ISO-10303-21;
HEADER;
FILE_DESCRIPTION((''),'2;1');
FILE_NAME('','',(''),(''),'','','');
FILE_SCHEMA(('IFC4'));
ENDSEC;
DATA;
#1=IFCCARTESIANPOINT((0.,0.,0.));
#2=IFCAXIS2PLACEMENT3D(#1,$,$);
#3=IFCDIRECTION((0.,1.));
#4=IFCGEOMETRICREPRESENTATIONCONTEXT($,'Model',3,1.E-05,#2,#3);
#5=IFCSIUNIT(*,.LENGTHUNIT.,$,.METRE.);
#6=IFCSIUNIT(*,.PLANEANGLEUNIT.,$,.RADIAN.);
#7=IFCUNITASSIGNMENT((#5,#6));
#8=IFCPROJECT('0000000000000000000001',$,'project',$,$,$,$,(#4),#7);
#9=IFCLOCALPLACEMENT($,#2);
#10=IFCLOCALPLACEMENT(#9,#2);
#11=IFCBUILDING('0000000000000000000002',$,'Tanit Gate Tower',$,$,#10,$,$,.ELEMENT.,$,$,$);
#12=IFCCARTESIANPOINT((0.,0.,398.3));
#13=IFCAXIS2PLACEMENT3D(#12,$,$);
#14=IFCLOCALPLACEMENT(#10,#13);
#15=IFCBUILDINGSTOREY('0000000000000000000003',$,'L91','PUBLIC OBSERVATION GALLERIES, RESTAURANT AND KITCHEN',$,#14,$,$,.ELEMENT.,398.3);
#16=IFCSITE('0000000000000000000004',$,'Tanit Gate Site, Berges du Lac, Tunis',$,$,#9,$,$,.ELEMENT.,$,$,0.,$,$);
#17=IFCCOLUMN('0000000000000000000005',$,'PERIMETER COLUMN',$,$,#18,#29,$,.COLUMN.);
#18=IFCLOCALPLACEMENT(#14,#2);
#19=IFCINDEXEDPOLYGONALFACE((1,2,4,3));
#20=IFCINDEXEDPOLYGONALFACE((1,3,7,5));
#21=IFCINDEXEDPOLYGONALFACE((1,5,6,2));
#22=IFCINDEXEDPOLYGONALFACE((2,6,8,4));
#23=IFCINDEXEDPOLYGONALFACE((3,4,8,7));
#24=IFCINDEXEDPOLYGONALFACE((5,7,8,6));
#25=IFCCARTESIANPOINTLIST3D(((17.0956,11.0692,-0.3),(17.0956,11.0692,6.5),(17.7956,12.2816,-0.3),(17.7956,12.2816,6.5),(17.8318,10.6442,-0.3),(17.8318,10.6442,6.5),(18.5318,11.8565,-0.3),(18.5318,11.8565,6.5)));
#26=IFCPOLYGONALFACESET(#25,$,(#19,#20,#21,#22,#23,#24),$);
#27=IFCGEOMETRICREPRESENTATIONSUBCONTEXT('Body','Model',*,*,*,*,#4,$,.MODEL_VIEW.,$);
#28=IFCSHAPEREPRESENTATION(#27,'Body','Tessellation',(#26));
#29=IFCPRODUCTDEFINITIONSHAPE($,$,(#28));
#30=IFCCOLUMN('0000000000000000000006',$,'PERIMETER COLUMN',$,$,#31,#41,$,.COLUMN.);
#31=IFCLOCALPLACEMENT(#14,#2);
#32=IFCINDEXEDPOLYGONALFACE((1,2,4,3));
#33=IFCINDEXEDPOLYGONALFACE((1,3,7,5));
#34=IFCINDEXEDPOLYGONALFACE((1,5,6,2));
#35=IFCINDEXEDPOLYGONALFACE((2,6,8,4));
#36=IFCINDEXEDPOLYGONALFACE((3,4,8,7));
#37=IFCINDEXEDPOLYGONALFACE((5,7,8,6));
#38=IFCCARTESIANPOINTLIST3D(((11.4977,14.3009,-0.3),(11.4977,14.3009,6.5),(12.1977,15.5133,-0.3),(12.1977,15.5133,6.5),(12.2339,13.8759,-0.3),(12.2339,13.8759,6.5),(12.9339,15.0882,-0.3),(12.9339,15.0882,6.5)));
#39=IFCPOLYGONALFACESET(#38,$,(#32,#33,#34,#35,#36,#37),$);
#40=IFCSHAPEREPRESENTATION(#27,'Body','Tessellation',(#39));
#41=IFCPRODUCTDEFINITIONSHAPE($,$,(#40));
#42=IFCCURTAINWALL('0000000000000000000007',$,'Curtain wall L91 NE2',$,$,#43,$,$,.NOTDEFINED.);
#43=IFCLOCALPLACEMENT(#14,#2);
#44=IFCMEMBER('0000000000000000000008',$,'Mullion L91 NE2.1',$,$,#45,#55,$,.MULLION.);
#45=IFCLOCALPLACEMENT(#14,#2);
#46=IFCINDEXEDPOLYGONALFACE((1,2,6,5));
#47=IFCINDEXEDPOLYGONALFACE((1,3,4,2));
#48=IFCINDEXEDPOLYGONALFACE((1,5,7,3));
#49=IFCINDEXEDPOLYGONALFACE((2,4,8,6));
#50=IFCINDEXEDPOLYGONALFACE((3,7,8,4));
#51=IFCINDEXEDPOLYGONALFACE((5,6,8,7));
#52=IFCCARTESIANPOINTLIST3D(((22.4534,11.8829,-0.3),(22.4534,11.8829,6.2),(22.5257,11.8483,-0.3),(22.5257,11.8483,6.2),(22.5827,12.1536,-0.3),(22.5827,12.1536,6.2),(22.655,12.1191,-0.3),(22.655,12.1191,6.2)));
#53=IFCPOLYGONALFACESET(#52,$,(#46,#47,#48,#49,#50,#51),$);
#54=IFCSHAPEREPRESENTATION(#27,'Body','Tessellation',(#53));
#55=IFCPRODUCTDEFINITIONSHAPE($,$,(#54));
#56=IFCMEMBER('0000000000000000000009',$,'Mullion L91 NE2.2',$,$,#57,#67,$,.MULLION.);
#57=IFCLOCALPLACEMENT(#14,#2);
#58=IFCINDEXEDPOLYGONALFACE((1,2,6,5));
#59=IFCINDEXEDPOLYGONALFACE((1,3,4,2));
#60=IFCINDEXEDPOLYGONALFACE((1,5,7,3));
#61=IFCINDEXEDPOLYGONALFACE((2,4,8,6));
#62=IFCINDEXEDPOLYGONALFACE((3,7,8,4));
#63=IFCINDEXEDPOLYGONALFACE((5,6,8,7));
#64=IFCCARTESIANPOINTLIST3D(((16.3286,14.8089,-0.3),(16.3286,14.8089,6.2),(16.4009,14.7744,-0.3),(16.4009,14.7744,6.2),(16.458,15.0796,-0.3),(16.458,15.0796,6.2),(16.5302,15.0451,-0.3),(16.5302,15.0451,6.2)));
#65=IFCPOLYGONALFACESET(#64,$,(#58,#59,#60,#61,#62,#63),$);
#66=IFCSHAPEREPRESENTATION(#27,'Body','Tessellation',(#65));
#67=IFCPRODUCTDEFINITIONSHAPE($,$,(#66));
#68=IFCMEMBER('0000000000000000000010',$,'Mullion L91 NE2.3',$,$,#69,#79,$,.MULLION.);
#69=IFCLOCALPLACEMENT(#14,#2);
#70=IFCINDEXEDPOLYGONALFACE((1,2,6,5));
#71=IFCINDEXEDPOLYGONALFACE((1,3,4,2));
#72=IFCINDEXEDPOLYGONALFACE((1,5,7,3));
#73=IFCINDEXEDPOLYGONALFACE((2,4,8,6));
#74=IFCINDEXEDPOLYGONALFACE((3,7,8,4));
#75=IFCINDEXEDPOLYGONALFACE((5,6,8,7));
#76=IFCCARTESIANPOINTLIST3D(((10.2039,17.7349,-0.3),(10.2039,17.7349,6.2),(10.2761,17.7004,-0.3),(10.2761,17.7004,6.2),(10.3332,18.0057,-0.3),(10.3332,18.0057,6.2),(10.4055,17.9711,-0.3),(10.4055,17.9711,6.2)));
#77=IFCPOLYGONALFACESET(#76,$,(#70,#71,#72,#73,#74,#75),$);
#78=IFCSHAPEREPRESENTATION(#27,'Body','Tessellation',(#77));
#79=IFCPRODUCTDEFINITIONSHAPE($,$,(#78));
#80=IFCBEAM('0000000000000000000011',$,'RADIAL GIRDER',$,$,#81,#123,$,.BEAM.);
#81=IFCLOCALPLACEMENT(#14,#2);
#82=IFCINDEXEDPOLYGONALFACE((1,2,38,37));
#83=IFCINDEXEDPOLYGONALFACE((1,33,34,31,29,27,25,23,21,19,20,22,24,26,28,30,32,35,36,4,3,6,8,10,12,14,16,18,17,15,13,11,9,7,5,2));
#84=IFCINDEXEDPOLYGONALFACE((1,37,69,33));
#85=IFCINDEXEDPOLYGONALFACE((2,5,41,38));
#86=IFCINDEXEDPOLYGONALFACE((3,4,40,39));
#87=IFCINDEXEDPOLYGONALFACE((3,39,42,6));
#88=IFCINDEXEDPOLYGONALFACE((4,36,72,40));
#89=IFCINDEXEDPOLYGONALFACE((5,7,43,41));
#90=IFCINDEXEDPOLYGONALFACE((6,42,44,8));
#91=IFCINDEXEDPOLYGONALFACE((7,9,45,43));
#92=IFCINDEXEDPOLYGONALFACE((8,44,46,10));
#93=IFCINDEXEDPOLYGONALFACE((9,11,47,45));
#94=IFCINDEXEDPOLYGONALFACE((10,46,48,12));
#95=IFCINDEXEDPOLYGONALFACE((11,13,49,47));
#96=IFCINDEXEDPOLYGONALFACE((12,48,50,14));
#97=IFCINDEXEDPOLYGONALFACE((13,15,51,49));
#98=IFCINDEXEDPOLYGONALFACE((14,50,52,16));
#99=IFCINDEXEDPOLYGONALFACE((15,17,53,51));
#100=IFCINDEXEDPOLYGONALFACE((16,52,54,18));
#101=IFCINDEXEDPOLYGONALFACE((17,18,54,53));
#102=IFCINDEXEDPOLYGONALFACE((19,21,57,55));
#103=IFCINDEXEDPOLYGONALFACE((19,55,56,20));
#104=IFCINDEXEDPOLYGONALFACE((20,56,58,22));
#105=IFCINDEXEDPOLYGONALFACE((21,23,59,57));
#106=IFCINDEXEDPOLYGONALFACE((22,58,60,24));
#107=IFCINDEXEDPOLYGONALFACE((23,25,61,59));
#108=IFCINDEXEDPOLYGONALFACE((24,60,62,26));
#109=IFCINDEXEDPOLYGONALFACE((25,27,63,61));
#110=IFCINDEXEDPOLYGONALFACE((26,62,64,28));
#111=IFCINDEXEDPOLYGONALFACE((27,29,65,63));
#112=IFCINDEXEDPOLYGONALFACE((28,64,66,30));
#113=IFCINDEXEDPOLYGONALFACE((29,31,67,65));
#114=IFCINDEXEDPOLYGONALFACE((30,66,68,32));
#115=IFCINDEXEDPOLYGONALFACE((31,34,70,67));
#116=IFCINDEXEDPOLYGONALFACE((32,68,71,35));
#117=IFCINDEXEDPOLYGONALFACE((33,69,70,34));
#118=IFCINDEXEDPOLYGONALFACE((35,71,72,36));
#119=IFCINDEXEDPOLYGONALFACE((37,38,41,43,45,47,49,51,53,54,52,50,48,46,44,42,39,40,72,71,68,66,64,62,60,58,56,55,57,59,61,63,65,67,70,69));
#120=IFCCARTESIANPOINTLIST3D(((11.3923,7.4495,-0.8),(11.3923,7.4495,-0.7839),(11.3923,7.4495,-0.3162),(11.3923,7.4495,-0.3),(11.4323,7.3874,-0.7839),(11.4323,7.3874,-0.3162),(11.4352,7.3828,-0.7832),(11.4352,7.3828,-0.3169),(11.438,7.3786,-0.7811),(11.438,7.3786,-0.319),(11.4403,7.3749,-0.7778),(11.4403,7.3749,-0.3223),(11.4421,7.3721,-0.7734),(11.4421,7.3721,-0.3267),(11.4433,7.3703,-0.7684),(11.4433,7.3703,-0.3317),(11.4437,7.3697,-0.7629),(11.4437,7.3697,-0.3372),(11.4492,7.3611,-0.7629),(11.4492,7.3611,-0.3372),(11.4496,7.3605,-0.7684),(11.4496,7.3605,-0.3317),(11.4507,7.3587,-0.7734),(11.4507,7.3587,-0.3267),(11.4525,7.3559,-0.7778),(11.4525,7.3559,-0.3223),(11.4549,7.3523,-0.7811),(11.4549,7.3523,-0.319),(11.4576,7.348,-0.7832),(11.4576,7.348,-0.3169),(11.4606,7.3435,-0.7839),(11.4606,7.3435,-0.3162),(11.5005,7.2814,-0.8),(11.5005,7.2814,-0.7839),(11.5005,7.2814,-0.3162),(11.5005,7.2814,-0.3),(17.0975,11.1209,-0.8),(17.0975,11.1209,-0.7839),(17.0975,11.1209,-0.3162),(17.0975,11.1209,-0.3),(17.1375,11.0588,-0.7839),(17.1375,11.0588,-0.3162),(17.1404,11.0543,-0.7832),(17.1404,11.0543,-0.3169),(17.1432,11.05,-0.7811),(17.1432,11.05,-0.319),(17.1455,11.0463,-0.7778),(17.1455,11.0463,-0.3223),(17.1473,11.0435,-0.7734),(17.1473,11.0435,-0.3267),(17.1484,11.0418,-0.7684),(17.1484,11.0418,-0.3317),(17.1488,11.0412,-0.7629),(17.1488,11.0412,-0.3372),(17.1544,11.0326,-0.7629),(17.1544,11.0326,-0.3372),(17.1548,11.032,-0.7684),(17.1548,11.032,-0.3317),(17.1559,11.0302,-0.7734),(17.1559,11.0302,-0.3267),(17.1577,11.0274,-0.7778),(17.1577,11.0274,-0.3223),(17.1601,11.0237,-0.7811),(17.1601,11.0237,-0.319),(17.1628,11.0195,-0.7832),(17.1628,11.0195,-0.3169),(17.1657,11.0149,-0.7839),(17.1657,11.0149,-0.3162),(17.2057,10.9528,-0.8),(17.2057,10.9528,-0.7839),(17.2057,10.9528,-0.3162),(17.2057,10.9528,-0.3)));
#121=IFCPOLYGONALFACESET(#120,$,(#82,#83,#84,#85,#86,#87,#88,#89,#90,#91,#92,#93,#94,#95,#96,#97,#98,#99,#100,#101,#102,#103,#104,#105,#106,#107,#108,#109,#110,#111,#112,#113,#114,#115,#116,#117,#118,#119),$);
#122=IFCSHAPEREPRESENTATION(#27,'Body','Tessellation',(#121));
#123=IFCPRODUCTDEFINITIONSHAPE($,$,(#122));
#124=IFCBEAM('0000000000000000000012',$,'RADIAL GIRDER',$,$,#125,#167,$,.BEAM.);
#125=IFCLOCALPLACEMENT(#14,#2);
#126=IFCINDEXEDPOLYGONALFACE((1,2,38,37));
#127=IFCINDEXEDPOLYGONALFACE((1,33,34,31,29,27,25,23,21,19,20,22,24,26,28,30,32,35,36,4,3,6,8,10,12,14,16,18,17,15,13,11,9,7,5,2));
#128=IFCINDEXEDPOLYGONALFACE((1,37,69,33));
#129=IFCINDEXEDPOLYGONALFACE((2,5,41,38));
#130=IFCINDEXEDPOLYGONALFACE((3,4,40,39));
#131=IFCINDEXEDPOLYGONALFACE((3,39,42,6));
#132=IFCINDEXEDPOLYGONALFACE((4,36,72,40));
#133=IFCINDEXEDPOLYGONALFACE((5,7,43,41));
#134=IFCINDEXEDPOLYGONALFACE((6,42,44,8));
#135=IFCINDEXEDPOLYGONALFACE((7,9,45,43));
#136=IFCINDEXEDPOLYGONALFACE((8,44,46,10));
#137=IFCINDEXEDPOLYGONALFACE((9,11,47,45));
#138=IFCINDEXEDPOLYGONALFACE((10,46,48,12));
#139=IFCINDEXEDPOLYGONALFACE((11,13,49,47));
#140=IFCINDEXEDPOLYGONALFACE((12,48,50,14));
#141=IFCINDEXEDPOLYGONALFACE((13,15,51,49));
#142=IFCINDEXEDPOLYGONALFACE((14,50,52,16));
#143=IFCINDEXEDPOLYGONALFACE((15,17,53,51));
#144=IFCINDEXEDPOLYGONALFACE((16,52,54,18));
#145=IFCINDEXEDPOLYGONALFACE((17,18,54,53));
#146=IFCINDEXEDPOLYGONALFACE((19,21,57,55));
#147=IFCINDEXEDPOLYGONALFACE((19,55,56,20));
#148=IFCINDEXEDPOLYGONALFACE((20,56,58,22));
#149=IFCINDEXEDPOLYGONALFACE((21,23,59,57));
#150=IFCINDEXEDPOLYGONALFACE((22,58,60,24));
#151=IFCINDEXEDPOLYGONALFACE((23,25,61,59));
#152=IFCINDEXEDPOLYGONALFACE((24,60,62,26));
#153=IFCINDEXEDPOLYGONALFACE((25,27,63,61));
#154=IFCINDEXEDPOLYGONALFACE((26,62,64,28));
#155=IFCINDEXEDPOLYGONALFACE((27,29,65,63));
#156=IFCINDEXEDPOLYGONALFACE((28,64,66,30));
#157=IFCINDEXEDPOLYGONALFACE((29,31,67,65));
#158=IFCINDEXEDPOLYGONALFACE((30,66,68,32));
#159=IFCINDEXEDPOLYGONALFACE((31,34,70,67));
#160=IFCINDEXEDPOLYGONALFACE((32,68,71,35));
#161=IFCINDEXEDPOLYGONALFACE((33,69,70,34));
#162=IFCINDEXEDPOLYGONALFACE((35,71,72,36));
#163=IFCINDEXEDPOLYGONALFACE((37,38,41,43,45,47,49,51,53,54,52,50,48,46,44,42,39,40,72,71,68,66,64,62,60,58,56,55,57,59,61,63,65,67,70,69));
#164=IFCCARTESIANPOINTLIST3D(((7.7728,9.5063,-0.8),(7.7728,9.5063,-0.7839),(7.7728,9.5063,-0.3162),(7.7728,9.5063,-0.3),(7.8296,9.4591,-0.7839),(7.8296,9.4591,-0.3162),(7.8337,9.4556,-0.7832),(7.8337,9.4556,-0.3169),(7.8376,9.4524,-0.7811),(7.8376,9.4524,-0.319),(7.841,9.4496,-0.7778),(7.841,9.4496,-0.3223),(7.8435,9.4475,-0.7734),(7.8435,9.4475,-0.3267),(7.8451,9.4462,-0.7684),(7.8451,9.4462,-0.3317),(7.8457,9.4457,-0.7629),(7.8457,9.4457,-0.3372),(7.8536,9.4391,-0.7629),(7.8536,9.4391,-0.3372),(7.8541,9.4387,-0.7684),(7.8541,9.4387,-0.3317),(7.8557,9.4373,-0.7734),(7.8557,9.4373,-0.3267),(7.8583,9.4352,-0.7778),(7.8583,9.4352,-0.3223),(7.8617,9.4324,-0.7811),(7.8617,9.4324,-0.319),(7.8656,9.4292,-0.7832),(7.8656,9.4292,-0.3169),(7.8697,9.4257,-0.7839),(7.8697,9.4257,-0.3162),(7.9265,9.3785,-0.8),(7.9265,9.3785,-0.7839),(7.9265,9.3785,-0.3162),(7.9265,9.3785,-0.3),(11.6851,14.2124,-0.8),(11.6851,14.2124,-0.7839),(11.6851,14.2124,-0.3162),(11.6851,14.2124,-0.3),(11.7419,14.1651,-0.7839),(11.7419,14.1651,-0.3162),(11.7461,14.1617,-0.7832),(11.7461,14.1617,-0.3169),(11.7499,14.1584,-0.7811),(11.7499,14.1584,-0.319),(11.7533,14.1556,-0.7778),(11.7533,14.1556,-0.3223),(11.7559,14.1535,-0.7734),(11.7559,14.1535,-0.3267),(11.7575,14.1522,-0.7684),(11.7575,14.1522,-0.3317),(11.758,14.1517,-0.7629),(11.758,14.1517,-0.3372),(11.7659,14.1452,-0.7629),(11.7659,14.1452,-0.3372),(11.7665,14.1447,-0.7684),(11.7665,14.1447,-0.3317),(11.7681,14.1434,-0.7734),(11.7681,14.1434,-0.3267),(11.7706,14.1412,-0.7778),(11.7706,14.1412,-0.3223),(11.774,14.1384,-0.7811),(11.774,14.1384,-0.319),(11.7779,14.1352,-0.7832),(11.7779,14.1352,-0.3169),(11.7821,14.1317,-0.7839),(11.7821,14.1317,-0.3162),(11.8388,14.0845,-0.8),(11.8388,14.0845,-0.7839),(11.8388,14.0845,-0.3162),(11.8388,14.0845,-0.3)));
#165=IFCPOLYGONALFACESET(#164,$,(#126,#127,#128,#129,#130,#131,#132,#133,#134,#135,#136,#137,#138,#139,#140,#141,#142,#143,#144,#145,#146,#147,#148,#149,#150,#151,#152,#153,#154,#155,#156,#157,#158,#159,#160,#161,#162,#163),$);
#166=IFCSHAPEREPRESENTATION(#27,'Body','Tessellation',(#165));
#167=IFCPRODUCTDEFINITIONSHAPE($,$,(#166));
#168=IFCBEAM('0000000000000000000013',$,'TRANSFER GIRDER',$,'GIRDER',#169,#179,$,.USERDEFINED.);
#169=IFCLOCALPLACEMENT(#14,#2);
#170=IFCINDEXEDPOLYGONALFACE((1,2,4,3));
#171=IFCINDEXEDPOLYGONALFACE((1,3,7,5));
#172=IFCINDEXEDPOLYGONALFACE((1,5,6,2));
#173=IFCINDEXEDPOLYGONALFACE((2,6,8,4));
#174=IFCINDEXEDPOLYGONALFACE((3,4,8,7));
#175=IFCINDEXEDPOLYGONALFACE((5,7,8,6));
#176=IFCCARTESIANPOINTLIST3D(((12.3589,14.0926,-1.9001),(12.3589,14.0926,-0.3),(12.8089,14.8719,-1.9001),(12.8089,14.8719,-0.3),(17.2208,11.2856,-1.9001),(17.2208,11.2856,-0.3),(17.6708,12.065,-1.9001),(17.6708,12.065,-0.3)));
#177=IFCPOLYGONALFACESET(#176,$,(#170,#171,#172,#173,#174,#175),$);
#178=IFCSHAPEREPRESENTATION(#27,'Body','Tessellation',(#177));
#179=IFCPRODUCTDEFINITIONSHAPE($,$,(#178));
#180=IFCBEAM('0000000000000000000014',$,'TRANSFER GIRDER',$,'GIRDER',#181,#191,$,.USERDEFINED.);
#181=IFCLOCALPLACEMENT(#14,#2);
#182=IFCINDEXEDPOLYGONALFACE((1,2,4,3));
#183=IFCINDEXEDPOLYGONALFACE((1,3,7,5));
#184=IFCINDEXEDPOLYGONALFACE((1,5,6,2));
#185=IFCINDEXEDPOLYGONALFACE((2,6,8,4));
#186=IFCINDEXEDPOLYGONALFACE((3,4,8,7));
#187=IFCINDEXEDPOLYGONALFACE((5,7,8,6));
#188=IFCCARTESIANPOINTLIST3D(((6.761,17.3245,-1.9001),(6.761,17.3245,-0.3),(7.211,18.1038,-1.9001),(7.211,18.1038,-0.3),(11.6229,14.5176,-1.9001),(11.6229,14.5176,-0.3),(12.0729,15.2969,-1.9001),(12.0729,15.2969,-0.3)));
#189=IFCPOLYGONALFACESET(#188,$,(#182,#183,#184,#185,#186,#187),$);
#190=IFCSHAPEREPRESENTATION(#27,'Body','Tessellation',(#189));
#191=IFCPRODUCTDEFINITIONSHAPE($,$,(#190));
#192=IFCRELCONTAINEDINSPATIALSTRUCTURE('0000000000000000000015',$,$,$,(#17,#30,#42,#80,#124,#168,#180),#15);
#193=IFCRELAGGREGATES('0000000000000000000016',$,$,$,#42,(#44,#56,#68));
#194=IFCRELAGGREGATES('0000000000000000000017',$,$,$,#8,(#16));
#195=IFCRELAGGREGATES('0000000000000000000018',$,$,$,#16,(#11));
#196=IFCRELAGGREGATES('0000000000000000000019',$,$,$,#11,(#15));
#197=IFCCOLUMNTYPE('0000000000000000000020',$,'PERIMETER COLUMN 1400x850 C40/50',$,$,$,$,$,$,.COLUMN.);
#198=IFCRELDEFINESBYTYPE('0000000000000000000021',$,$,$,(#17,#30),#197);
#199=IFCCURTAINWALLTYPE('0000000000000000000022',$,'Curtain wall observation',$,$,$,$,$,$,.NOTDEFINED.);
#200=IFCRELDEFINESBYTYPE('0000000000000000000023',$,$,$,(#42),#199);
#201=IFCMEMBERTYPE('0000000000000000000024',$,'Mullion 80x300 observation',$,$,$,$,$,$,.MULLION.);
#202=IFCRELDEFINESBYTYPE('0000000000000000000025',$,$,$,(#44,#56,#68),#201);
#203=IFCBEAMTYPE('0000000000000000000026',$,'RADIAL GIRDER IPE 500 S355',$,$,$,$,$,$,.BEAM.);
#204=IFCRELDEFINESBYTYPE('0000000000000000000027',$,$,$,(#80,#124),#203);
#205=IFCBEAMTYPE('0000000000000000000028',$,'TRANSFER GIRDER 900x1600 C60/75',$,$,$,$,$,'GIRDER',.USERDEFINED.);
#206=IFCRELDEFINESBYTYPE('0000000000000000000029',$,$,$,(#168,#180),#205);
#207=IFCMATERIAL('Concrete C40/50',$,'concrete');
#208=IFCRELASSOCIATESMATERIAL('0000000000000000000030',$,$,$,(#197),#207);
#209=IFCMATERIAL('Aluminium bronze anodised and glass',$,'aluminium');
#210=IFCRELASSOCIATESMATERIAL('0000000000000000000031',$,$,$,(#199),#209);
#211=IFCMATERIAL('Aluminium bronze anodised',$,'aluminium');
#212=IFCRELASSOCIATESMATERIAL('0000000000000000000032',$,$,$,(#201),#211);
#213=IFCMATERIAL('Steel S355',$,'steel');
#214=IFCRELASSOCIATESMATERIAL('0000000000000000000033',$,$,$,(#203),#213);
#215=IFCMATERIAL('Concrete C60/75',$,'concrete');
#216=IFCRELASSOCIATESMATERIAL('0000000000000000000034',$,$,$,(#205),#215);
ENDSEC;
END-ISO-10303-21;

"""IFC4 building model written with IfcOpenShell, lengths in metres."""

from ifc_helpers import new_model, si_unit, direction, frame, origin, origin_2d, place, context, subcontext, project, spatial, rectangle, i_section, extrude, material, material_profile, profile_set, type_object, element, aggregate, save


model = new_model("IFC4")

# Units and contexts
model_context = context("Model", 3, precision=1e-05, world=origin(), true_north=direction((0.0, 1.0)))
body_context = subcontext(model_context, "Body", "Model", "MODEL_VIEW")
ifc_project = project(units=[si_unit("LENGTHUNIT", "METRE"), si_unit("PLANEANGLEUNIT", "RADIAN")], contexts=[model_context])

# Site, building, storey
site_placement = place(None, origin())
site = spatial("IfcSite", under=ifc_project, at=site_placement, Name="Tanit Gate Site, Berges du Lac, Tunis", CompositionType="ELEMENT", RefElevation=0.0)
building_placement = place(site_placement, origin())
building = spatial("IfcBuilding", under=site, at=building_placement, Name="Tanit Gate Tower", CompositionType="ELEMENT")
storey_placement = place(building_placement, frame((0.0, 0.0, 398.3)))
storey = spatial("IfcBuildingStorey", under=building, at=storey_placement, Name="L91", Description="PUBLIC OBSERVATION GALLERIES, RESTAURANT AND KITCHEN", CompositionType="ELEMENT", Elevation=398.3)

# Columns
ifc_material_1 = material(Name="Concrete C40/50", Category="concrete")
ifc_material_profile_1 = material_profile(ifc_material_1, rectangle(XDim=1.3999, YDim=0.8501, at=origin_2d()), Name="RC 1400x850")
ifc_profile_set_1 = profile_set([ifc_material_profile_1], Name="Concrete C40/50")
column_type = type_object("IfcColumnType", Name="PERIMETER COLUMN 1400x850 C40/50", PredefinedType="COLUMN", material=ifc_profile_set_1)
for number, where, z_axis, x_axis, name in (
    (1, (17.8137, 11.4629, -0.3), (0.0, 0.0, 1.0), (0.5, 0.866025, 0.0), "PERIMETER COLUMN"),
    (2, (12.2158, 14.6946, -0.3), (0.0, 0.0, 1.0), (0.5, 0.866025, 0.0), "PERIMETER COLUMN"),
):
    element("IfcColumn", number, at=place(storey_placement, frame(where, z_axis=z_axis, x_axis=x_axis)), inside=storey, type_object=column_type, Name=name, PredefinedType="COLUMN", context=body_context, shape_type="SweptSolid", body=[
        extrude(rectangle(XDim=1.3999, YDim=0.8501, at=origin_2d()), origin(), (0.0, 0.0, 1.0), 6.8),
    ])

# Curtain wall, members
ifc_material_2 = material(Name="Aluminium bronze anodised and glass", Category="aluminium")
curtain_wall_type = type_object("IfcCurtainWallType", Name="Curtain wall observation", PredefinedType="NOTDEFINED", material=ifc_material_2)
curtain_wall_placement = place(storey_placement, origin())
curtain_wall = element("IfcCurtainWall", 3, at=curtain_wall_placement, inside=storey, type_object=curtain_wall_type, Name="Curtain wall L91 NE2", PredefinedType="NOTDEFINED")
ifc_material_3 = material(Name="Aluminium bronze anodised", Category="aluminium")
ifc_material_profile_2 = material_profile(ifc_material_3, rectangle(XDim=0.3, YDim=0.0801, at=origin_2d()), Name="80x300 bronze mullion")
ifc_profile_set_2 = profile_set([ifc_material_profile_2], Name="Aluminium bronze anodised")
member_type_1 = type_object("IfcMemberType", Name="Mullion 80x300 observation", PredefinedType="MULLION", material=ifc_profile_set_2)
member_1_placement = place(storey_placement, frame((22.5542, 12.001, -0.3), z_axis=(0.0, 0.0, 1.0), x_axis=(-0.431073, -0.902317, 0.0)))
member_1 = element("IfcMember", 4, at=member_1_placement, type_object=member_type_1, Name="Mullion L91 NE2.1", PredefinedType="MULLION", context=body_context, shape_type="SweptSolid", body=[
    extrude(rectangle(XDim=0.3, YDim=0.0801, at=origin_2d()), origin(), (0.0, 0.0, 1.0), 6.5),
])
member_2_placement = place(storey_placement, frame((16.4294, 14.927, -0.3), z_axis=(0.0, 0.0, 1.0), x_axis=(-0.431073, -0.902317, 0.0)))
member_2 = element("IfcMember", 5, at=member_2_placement, type_object=member_type_1, Name="Mullion L91 NE2.2", PredefinedType="MULLION", context=body_context, shape_type="SweptSolid", body=[
    extrude(rectangle(XDim=0.3, YDim=0.0801, at=origin_2d()), origin(), (0.0, 0.0, 1.0), 6.5),
])
member_3_placement = place(storey_placement, frame((10.3047, 17.853, -0.3), z_axis=(0.0, 0.0, 1.0), x_axis=(-0.431073, -0.902317, 0.0)))
member_3 = element("IfcMember", 6, at=member_3_placement, type_object=member_type_1, Name="Mullion L91 NE2.3", PredefinedType="MULLION", context=body_context, shape_type="SweptSolid", body=[
    extrude(rectangle(XDim=0.3, YDim=0.0801, at=origin_2d()), origin(), (0.0, 0.0, 1.0), 6.5),
])

# Beams
ifc_material_4 = material(Name="Steel S355", Category="steel")
ifc_material_profile_3 = material_profile(ifc_material_4, i_section(OverallWidth=0.2, OverallDepth=0.5, WebThickness=0.0103, FlangeThickness=0.0161, FilletRadius=0.021, at=origin_2d()), Name="IPE 500")
ifc_profile_set_3 = profile_set([ifc_material_profile_3], Name="Steel S355")
beam_type_1 = type_object("IfcBeamType", Name="RADIAL GIRDER IPE 500 S355", PredefinedType="BEAM", material=ifc_profile_set_3)
beam_1_placement = place(storey_placement, frame((17.1516, 11.0369, -0.55), z_axis=(-0.840921, -0.541158, 0.0), x_axis=(0.541158, -0.840921, 0.0)))
element("IfcBeam", 7, at=beam_1_placement, inside=storey, type_object=beam_type_1, Name="RADIAL GIRDER", PredefinedType="BEAM", context=body_context, shape_type="SweptSolid", body=[
    extrude(i_section(OverallWidth=0.2, OverallDepth=0.5, WebThickness=0.0103, FlangeThickness=0.0161, FilletRadius=0.021, at=origin_2d()), origin(), (0.0, 0.0, 1.0), 6.7844),
])
beam_2_placement = place(storey_placement, frame((11.762, 14.1484, -0.55), z_axis=(-0.639281, -0.768973, 0.0), x_axis=(0.768973, -0.639281, 0.0)))
element("IfcBeam", 8, at=beam_2_placement, inside=storey, type_object=beam_type_1, Name="RADIAL GIRDER", PredefinedType="BEAM", context=body_context, shape_type="SweptSolid", body=[
    extrude(i_section(OverallWidth=0.2, OverallDepth=0.5, WebThickness=0.0103, FlangeThickness=0.0161, FilletRadius=0.021, at=origin_2d()), origin(), (0.0, 0.0, 1.0), 6.1199),
])
ifc_material_5 = material(Name="Concrete C60/75", Category="concrete")
ifc_material_profile_4 = material_profile(ifc_material_5, rectangle(XDim=0.8999, YDim=1.6001, at=origin_2d()), Name="RC 900x1600")
ifc_profile_set_4 = profile_set([ifc_material_profile_4], Name="Concrete C60/75")
beam_type_2 = type_object("IfcBeamType", Name="TRANSFER GIRDER 900x1600 C60/75", ElementType="GIRDER", PredefinedType="USERDEFINED", material=ifc_profile_set_4)
for number, where, z_axis, x_axis, name in (
    (9, (17.4458, 11.6753, -1.1001), (-0.866032, 0.499988, 0.0), (-0.499988, -0.866032, 0.0), "TRANSFER GIRDER"),
    (10, (11.8479, 14.9072, -1.1001), (-0.866032, 0.499988, 0.0), (-0.499988, -0.866032, 0.0), "TRANSFER GIRDER"),
):
    element("IfcBeam", number, at=place(storey_placement, frame(where, z_axis=z_axis, x_axis=x_axis)), inside=storey, type_object=beam_type_2, Name=name, ObjectType="GIRDER", PredefinedType="USERDEFINED", context=body_context, shape_type="SweptSolid", body=[
        extrude(rectangle(XDim=0.8999, YDim=1.6001, at=origin_2d()), origin(), (0.0, 0.0, 1.0), 5.614),
    ])

aggregate(curtain_wall, [member_1, member_2, member_3])

save(model, "model.ifc")
